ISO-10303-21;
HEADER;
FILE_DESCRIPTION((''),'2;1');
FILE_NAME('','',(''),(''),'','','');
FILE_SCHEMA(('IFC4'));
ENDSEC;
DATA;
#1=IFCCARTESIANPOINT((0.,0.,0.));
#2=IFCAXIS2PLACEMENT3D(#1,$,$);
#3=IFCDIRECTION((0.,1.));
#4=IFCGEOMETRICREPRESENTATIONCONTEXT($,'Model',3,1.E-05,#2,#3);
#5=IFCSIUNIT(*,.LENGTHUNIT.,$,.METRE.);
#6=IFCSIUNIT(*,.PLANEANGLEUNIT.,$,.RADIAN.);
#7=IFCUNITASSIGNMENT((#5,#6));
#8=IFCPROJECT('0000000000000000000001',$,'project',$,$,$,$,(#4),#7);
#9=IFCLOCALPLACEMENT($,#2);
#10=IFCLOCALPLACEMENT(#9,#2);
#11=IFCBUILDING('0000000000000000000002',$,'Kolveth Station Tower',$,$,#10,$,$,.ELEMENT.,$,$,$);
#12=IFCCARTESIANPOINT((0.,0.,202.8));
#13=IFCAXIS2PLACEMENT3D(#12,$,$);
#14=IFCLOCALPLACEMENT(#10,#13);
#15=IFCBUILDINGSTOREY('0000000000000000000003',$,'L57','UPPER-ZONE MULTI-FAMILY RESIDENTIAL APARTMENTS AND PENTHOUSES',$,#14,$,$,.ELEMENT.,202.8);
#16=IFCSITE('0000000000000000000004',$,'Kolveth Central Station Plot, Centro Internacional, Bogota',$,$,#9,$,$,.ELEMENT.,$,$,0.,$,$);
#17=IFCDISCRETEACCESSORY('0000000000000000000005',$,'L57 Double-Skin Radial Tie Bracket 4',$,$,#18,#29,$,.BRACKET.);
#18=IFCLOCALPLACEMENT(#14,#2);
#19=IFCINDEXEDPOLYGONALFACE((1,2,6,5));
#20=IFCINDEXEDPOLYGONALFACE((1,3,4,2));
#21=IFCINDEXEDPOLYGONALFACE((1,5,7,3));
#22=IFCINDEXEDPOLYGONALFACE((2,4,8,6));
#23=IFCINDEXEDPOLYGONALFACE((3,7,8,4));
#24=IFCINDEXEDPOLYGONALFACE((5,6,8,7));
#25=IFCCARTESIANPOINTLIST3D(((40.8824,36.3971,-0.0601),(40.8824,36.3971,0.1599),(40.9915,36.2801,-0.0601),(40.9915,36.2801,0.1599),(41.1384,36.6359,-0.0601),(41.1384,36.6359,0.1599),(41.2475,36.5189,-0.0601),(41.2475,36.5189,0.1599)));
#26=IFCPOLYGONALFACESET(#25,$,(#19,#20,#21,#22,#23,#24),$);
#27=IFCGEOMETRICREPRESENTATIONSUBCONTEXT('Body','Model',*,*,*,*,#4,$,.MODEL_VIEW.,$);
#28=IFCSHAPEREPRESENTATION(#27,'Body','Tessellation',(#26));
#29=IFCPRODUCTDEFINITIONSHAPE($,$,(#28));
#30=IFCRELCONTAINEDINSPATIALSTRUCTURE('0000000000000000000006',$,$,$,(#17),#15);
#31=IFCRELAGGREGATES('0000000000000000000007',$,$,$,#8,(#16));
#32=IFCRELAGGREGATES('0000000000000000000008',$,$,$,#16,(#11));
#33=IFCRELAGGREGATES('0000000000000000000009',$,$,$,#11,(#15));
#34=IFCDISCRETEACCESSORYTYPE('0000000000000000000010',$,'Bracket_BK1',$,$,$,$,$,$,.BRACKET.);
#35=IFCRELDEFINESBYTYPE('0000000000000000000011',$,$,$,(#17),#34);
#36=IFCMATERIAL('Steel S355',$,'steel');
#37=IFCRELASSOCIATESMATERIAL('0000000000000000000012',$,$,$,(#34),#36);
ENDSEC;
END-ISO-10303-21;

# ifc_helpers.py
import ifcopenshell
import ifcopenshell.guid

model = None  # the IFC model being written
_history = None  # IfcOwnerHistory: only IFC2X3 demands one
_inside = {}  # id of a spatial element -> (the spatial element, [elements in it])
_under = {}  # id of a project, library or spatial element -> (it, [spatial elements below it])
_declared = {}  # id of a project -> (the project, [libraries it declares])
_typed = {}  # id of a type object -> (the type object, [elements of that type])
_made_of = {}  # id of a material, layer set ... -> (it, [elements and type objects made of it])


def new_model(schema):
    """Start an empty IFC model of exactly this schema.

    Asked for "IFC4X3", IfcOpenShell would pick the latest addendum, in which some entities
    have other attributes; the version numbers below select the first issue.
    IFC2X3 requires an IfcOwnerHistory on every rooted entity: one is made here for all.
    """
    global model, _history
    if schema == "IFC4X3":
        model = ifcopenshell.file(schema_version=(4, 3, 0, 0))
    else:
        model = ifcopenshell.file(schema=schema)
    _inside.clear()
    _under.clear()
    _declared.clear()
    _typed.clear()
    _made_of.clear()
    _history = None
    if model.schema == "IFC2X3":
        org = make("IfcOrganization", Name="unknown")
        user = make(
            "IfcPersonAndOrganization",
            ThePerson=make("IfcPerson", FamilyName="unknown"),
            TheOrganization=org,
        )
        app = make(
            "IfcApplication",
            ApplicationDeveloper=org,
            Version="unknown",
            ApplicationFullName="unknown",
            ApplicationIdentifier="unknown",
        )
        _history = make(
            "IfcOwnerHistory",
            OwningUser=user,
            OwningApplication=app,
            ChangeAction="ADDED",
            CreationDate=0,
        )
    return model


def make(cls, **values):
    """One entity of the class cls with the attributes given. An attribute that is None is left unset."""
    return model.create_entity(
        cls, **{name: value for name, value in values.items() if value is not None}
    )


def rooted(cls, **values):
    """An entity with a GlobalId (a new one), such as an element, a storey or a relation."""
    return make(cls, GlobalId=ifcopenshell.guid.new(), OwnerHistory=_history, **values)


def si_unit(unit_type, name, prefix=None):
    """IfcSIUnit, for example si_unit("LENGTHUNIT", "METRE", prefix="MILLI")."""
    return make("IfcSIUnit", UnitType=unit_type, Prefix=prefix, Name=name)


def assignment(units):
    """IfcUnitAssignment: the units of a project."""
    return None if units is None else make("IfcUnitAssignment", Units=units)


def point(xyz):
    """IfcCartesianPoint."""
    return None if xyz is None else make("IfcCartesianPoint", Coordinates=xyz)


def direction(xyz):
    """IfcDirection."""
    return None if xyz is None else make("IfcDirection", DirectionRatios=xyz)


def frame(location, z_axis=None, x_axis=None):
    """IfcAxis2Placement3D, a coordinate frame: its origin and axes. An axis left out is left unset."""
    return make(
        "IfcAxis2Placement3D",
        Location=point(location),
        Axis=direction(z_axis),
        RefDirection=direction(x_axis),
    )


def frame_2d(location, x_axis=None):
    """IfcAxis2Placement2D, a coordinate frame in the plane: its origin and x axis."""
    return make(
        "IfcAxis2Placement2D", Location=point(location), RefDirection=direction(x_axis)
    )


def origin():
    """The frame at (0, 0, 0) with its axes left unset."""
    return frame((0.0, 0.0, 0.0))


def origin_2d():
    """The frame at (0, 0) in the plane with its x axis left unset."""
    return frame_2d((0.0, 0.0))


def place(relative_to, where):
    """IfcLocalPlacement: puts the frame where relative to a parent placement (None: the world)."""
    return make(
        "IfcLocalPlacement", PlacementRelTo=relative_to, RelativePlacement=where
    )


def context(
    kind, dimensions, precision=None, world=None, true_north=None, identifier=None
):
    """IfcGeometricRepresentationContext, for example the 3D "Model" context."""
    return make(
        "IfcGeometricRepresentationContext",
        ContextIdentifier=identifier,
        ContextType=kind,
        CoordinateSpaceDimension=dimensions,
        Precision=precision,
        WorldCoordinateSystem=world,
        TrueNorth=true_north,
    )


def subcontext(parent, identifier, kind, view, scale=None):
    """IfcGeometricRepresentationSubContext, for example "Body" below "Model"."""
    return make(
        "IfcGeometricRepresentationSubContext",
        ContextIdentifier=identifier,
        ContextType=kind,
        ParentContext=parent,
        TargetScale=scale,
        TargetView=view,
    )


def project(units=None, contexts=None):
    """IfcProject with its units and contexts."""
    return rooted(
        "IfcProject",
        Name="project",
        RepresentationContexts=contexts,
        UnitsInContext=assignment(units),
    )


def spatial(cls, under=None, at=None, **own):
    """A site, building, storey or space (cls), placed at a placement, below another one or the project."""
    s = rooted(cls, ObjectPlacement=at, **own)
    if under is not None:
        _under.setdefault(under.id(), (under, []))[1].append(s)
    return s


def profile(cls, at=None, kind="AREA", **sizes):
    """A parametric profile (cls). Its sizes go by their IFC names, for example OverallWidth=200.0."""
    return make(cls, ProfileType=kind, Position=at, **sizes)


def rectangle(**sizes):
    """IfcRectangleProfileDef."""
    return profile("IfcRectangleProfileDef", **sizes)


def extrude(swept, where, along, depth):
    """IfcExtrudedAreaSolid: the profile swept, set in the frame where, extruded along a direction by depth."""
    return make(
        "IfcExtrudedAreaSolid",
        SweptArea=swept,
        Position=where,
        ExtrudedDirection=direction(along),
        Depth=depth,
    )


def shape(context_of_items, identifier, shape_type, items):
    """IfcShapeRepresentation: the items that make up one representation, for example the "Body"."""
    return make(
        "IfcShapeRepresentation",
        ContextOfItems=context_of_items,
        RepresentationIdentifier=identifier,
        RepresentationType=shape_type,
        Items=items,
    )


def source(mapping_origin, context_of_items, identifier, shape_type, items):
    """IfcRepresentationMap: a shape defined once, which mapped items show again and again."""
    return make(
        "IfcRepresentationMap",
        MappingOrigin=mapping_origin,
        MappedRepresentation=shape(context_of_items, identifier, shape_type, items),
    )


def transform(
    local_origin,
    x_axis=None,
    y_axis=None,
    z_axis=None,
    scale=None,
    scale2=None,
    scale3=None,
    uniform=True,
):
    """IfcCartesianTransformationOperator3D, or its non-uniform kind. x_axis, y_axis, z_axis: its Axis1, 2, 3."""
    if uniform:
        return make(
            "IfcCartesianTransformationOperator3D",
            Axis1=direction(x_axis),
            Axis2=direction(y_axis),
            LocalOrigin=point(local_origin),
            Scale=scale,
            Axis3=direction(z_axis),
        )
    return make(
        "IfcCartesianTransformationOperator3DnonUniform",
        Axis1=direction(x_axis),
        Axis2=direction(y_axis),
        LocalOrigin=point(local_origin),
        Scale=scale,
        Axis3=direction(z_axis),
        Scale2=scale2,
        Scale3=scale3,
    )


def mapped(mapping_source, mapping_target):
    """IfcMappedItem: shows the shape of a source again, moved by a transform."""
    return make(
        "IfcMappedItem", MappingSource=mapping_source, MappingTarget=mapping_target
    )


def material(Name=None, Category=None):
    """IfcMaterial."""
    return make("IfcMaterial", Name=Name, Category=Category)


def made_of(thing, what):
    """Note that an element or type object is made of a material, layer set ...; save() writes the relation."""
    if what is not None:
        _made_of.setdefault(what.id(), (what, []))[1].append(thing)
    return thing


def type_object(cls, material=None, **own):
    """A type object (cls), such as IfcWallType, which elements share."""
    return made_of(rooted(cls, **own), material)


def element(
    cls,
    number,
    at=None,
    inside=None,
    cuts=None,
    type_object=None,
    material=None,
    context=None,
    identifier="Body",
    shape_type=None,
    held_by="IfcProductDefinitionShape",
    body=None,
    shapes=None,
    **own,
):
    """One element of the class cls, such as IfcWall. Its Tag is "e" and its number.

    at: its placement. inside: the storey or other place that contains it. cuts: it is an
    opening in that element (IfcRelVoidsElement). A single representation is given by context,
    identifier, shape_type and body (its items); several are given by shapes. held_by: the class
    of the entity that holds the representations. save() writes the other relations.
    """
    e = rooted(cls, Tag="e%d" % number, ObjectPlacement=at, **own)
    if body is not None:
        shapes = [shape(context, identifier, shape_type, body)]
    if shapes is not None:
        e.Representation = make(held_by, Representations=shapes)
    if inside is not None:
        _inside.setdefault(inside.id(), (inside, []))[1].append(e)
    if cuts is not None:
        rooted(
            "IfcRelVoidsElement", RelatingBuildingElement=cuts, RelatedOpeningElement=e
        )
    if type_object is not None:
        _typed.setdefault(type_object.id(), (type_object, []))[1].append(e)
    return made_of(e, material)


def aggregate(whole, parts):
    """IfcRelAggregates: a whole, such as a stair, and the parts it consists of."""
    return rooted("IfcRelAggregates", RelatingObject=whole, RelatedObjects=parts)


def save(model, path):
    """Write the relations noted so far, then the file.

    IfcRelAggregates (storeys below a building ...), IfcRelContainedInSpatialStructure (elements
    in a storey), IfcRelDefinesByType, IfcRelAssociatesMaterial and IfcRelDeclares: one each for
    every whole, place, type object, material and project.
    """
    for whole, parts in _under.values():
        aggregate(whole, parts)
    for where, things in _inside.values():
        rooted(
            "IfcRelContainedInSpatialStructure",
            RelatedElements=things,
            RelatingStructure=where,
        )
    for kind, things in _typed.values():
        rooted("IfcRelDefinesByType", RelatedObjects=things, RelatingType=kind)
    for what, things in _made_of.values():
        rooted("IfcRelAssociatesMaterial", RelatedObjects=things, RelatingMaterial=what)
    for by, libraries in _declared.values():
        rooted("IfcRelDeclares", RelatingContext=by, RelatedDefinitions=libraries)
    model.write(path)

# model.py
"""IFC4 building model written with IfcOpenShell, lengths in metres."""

from ifc_helpers import new_model, si_unit, direction, frame, origin, origin_2d, place, context, subcontext, project, spatial, rectangle, extrude, source, transform, mapped, material, type_object, element, save


model = new_model("IFC4")

# Units and contexts
model_context = context("Model", 3, precision=1e-05, world=origin(), true_north=direction((0.0, 1.0)))
body_context = subcontext(model_context, "Body", "Model", "MODEL_VIEW")
ifc_project = project(units=[si_unit("LENGTHUNIT", "METRE"), si_unit("PLANEANGLEUNIT", "RADIAN")], contexts=[model_context])

# Site, building, storey
site_placement = place(None, origin())
site = spatial("IfcSite", under=ifc_project, at=site_placement, Name="Kolveth Central Station Plot, Centro Internacional, Bogota", CompositionType="ELEMENT", RefElevation=0.0)
building_placement = place(site_placement, origin())
building = spatial("IfcBuilding", under=site, at=building_placement, Name="Kolveth Station Tower", CompositionType="ELEMENT")
storey_placement = place(building_placement, frame((0.0, 0.0, 202.8)))
storey = spatial("IfcBuildingStorey", under=building, at=storey_placement, Name="L57", Description="UPPER-ZONE MULTI-FAMILY RESIDENTIAL APARTMENTS AND PENTHOUSES", CompositionType="ELEMENT", Elevation=202.8)

# Discrete accessory
ifc_material_1 = material(Name="Steel S355", Category="steel")
discrete_accessory_type = type_object("IfcDiscreteAccessoryType", Name="Bracket_BK1", PredefinedType="BRACKET", material=ifc_material_1)
shared_shape_1 = source(origin(), body_context, "Body", "SweptSolid", [
    extrude(rectangle(XDim=0.3501, YDim=0.1599, at=origin_2d()), origin(), (0.0, 0.0, 1.0), 0.22),
])
discrete_accessory_placement = place(storey_placement, frame((41.0649, 36.458, -0.0601), z_axis=(0.0, 0.0, 1.0), x_axis=(0.731235, 0.682126, 0.0)))
element("IfcDiscreteAccessory", 1, at=discrete_accessory_placement, inside=storey, type_object=discrete_accessory_type, Name="L57 Double-Skin Radial Tie Bracket 4", PredefinedType="BRACKET", context=body_context, shape_type="MappedRepresentation", body=[
    mapped(shared_shape_1, transform((0.0, 0.0, 0.0), x_axis=(1.0, 0.0, 0.0), y_axis=(0.0, 1.0, 0.0), z_axis=(0.0, 0.0, 1.0), scale=1.0)),
])

save(model, "model.ifc")
